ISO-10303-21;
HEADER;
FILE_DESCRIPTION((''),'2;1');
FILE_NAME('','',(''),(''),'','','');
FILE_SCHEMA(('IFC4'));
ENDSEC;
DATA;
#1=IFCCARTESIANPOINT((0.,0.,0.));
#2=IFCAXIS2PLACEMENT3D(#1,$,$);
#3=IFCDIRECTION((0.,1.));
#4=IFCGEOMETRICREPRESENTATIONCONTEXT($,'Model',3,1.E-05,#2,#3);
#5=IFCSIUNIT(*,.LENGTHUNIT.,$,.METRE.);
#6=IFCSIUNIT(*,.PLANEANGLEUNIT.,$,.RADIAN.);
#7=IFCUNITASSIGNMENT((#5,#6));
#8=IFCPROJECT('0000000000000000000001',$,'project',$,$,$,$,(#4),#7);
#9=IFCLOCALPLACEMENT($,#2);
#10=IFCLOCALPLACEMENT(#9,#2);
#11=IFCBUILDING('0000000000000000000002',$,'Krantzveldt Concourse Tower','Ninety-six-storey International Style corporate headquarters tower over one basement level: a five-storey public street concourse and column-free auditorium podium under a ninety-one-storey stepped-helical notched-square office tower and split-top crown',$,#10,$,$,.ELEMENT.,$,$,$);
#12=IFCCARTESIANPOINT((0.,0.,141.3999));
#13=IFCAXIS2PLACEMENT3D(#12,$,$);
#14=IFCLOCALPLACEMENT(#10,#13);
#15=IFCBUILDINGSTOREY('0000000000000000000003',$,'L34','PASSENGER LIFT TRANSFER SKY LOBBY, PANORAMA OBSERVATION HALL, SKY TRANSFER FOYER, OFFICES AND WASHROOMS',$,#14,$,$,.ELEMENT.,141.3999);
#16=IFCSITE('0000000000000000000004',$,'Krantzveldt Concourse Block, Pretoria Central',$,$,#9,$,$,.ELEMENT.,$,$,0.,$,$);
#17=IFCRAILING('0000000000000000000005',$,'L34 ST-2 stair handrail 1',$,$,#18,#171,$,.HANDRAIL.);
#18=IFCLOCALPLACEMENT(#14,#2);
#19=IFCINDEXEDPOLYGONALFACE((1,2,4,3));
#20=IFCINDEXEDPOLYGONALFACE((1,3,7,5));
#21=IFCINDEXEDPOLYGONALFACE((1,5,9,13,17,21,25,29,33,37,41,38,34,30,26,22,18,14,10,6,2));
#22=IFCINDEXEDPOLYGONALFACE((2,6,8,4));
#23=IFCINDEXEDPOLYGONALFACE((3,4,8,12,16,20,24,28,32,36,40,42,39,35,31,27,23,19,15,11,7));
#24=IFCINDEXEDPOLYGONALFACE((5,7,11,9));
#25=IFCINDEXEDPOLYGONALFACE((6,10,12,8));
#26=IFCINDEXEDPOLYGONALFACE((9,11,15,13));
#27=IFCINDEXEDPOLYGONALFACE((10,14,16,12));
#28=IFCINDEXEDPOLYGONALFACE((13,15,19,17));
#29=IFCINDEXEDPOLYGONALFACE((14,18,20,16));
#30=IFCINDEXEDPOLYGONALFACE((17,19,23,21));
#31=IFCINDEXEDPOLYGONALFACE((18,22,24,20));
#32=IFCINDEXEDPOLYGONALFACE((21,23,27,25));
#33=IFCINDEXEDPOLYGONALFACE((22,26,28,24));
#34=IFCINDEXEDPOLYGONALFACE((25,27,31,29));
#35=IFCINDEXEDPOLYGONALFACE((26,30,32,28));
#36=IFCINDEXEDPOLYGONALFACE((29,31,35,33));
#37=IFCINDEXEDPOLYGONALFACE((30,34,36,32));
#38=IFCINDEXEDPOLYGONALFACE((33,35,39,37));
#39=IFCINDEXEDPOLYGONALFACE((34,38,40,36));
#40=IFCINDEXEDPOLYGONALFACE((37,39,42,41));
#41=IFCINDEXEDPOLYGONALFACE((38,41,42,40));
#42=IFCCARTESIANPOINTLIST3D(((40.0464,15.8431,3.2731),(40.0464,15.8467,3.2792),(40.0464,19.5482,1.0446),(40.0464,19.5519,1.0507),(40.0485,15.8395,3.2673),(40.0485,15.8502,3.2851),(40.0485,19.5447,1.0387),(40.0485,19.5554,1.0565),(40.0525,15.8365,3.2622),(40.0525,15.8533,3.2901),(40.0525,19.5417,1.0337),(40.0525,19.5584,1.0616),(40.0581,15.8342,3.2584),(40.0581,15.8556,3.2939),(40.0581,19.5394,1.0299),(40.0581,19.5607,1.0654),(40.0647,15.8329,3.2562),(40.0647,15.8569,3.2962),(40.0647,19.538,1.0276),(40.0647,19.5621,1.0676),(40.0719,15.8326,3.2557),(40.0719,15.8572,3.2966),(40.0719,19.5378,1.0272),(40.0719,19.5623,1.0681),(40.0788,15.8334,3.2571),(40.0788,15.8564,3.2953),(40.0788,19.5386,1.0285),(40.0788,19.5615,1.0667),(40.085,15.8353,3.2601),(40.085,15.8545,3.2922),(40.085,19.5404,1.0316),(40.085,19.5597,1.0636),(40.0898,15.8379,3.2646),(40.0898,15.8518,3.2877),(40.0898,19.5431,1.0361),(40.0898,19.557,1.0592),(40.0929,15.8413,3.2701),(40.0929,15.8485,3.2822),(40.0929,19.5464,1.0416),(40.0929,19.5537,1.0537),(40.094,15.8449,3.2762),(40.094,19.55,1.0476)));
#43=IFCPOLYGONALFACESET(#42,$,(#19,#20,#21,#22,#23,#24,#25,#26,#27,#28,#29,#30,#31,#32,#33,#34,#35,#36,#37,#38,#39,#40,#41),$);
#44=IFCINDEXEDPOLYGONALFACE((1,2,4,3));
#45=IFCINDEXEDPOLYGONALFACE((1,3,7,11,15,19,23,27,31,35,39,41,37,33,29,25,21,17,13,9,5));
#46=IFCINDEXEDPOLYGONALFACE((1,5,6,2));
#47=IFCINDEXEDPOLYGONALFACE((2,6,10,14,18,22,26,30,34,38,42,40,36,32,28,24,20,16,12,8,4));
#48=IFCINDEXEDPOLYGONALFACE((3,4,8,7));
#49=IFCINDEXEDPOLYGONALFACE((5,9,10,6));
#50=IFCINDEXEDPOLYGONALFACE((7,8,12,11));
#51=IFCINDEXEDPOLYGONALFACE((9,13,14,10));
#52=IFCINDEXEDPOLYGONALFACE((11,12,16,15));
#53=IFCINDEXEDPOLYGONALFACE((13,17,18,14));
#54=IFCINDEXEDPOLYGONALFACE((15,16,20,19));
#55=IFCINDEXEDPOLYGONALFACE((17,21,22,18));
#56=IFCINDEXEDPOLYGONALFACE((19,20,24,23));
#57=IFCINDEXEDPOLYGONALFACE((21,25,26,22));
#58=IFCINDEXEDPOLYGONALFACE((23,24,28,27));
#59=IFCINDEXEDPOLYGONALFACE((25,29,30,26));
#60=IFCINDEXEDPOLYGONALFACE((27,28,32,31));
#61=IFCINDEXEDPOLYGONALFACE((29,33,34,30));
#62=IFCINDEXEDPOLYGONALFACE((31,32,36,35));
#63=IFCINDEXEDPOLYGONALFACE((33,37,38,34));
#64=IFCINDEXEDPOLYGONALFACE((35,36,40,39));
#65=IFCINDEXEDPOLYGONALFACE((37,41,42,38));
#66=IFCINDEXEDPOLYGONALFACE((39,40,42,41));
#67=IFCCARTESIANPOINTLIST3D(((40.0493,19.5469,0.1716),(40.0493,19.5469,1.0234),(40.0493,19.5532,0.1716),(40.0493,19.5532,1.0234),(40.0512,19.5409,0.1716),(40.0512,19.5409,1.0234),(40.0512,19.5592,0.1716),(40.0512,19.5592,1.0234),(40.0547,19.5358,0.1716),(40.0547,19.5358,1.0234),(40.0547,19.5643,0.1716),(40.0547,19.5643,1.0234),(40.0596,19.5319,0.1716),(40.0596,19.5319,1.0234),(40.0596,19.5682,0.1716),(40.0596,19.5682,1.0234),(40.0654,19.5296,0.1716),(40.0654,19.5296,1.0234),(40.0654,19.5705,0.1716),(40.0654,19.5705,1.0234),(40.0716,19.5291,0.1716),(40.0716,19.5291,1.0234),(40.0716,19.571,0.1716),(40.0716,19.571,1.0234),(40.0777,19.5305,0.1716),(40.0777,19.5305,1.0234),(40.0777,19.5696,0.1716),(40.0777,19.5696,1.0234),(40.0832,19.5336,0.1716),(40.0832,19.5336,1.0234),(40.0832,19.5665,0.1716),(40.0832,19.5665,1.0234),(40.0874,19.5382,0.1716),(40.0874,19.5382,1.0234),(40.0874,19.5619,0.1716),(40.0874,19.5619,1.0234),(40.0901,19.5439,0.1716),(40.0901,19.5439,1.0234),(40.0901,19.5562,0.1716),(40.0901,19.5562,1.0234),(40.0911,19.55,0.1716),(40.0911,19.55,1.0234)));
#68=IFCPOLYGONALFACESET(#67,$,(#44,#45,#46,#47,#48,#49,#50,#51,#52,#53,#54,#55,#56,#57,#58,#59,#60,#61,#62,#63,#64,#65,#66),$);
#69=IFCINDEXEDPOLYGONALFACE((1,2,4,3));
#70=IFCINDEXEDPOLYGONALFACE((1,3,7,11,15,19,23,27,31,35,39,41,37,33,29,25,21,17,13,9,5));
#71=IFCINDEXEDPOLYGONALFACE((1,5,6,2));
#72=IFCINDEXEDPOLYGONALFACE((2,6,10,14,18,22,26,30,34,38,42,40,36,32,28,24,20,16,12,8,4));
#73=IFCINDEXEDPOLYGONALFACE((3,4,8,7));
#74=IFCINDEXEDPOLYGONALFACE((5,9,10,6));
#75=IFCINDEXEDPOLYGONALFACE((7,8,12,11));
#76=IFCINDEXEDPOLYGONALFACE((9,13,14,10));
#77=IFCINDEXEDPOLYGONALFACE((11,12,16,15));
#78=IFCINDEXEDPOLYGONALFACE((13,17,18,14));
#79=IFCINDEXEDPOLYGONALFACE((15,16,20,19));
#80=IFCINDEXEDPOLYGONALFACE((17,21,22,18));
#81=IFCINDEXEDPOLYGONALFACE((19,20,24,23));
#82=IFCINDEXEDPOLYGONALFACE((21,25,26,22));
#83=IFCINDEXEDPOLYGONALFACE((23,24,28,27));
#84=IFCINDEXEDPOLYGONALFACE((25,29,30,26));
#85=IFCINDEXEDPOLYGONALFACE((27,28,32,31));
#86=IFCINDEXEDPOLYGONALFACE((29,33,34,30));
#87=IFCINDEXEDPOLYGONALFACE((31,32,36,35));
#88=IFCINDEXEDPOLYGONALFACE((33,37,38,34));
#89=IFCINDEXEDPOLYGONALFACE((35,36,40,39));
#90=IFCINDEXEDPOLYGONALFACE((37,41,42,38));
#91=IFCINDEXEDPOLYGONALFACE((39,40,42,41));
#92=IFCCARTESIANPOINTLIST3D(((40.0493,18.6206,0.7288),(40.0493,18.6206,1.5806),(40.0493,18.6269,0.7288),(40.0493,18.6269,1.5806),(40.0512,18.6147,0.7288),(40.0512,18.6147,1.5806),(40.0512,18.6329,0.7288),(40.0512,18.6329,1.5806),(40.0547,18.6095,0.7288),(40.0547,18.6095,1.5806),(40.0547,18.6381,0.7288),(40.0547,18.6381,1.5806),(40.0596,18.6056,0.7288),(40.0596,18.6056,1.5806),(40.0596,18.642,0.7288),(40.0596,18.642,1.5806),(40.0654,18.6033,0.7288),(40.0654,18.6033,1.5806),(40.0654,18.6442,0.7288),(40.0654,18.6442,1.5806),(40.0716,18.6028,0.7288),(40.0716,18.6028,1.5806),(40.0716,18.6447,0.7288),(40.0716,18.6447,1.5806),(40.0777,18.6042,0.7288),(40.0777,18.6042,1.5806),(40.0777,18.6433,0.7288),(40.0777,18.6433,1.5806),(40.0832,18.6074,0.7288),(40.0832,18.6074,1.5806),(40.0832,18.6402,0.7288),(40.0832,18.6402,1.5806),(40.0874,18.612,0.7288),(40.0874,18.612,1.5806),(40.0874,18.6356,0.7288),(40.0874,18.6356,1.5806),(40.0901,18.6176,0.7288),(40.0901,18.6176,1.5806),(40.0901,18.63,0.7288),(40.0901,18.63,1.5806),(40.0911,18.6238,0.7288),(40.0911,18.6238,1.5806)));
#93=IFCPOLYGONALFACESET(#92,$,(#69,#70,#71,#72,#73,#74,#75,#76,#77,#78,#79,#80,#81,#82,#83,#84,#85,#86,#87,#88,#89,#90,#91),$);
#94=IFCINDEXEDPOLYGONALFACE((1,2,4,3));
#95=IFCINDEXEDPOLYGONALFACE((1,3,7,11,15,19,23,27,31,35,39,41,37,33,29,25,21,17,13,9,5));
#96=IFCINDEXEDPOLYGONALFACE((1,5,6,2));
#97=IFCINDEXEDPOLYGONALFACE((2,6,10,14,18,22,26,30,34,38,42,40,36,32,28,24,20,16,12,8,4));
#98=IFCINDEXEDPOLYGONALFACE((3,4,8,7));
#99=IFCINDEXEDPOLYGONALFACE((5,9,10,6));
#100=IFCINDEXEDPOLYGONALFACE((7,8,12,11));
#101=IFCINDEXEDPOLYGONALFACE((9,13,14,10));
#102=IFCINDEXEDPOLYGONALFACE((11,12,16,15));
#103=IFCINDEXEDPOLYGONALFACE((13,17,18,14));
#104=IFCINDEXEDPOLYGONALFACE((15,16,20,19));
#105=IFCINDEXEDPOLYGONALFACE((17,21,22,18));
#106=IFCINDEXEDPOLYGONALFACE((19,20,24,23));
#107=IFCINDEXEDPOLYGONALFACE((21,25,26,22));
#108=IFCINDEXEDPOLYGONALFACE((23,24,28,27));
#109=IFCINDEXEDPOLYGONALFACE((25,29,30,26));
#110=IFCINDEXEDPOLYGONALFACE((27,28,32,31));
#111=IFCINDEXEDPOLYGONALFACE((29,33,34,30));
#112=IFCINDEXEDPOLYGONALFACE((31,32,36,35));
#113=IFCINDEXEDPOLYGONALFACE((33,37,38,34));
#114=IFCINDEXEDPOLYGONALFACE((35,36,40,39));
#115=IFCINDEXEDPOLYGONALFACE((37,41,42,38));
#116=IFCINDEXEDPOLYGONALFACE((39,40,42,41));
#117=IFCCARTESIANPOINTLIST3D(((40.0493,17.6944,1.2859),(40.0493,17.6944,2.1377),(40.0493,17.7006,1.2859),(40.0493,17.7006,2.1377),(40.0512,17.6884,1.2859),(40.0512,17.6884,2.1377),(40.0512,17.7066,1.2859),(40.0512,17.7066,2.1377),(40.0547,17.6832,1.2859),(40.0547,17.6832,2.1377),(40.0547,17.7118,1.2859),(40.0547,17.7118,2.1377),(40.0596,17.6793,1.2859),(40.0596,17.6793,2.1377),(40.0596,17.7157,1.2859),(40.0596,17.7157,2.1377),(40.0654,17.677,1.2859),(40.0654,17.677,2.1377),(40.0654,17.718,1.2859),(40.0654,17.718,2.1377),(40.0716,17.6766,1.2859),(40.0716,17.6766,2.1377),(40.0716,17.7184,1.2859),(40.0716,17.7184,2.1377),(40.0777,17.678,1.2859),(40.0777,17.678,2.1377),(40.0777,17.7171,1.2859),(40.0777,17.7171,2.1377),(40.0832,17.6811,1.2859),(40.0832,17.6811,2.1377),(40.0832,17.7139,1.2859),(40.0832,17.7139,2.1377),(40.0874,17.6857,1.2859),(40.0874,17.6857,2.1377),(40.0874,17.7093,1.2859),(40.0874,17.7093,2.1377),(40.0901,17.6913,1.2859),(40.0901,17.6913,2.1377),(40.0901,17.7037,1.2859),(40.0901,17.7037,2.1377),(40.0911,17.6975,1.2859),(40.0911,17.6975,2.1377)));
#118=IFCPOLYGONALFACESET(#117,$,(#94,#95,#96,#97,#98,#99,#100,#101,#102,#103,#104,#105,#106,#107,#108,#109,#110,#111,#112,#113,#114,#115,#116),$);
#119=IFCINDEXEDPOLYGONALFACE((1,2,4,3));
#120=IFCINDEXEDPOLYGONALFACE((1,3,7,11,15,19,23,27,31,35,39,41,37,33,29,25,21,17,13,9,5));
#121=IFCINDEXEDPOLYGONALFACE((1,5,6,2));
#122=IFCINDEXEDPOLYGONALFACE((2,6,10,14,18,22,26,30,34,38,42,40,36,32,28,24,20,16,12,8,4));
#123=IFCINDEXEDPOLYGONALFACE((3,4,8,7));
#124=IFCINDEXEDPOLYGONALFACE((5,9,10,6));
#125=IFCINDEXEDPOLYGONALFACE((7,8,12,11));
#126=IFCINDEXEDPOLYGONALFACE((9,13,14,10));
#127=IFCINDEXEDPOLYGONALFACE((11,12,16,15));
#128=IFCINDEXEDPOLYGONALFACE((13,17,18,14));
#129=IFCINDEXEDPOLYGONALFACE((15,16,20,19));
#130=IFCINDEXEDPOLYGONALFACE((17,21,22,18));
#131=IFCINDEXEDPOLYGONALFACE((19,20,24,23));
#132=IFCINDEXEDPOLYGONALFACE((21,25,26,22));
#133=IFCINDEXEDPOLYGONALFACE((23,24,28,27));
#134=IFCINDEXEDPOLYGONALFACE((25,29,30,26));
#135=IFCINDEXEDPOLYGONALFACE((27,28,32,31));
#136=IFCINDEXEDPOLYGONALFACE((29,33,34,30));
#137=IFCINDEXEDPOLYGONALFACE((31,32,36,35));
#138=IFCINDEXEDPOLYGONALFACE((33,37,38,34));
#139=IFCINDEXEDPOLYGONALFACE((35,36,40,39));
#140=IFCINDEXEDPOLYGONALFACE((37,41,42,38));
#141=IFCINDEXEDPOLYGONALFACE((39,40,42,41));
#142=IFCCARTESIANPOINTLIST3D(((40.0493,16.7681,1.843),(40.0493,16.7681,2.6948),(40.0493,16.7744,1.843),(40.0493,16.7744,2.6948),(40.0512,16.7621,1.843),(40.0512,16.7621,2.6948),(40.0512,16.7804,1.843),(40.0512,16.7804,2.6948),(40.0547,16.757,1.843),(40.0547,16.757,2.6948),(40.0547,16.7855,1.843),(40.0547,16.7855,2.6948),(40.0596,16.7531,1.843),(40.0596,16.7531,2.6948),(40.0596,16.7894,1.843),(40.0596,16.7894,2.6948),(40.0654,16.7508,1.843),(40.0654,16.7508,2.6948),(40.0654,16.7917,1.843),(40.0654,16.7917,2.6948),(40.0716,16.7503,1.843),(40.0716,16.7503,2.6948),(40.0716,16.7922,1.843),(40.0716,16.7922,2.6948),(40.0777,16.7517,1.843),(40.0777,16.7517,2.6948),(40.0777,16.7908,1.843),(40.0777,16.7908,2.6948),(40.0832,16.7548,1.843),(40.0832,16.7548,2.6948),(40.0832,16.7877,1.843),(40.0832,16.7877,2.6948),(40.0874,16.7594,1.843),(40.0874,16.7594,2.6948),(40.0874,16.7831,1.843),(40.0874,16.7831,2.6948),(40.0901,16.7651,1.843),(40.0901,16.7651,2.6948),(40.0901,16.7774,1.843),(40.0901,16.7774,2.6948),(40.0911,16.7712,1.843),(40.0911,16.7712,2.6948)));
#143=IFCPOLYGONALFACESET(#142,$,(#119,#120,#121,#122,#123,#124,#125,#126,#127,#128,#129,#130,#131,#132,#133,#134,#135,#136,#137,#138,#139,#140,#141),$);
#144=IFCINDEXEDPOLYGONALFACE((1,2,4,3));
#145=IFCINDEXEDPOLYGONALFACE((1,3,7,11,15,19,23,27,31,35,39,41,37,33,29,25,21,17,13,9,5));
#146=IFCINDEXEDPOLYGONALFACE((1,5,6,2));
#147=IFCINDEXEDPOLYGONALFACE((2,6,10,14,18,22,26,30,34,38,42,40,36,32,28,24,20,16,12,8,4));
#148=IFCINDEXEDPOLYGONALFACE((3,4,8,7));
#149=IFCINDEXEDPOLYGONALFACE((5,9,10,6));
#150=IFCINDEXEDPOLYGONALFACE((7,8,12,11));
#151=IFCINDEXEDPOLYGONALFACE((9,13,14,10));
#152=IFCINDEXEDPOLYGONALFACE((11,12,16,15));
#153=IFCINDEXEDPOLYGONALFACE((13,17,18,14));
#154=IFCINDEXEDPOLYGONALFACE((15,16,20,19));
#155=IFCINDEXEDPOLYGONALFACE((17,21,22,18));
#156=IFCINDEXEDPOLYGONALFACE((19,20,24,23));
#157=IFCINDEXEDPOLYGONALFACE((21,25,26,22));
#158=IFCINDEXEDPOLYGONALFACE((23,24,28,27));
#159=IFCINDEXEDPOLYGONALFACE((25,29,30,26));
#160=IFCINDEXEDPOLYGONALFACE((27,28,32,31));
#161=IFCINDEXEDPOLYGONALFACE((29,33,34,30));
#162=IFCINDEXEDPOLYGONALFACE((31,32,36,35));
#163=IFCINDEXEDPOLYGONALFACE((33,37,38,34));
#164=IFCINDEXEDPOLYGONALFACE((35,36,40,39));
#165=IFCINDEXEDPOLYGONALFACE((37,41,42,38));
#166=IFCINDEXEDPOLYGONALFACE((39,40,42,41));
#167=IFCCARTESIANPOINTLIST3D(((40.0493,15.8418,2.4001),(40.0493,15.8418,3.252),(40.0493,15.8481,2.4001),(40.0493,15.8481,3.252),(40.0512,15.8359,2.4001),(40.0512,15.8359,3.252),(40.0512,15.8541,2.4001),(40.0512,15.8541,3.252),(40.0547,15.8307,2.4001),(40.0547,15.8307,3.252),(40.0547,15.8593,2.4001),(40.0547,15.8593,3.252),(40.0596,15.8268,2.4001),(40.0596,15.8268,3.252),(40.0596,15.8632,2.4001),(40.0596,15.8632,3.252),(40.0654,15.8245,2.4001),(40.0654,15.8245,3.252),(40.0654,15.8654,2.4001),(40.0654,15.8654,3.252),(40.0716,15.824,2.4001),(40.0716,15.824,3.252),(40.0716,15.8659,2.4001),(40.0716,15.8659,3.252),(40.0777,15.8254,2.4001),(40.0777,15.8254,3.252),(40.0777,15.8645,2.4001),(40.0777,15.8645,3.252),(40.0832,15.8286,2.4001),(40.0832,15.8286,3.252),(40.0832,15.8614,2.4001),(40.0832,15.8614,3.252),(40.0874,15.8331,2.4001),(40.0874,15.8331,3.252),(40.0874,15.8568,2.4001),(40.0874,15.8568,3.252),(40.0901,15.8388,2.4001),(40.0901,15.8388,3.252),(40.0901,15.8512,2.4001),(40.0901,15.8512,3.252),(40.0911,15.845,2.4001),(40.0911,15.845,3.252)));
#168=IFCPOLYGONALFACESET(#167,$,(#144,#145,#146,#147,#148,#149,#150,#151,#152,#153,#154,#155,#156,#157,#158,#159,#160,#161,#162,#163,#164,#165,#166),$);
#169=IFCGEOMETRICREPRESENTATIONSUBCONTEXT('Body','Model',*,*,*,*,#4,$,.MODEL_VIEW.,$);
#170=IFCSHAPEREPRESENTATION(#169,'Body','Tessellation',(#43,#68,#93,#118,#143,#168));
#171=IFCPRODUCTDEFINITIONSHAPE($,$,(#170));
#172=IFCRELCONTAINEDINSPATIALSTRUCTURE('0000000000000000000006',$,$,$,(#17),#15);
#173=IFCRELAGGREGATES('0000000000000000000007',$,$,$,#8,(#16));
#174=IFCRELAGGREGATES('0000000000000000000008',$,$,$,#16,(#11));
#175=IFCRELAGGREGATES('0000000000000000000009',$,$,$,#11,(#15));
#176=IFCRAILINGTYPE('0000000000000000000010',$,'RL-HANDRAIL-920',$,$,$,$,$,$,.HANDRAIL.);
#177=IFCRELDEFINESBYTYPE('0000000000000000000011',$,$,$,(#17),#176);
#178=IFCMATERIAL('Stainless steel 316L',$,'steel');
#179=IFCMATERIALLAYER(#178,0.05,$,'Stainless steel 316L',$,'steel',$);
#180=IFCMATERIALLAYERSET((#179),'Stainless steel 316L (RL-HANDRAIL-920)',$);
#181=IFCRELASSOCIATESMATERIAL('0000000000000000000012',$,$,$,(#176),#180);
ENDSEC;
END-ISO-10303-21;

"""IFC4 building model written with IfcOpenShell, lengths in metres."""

from ifc_helpers import new_model, si_unit, direction, frame, origin, origin_2d, place, context, subcontext, project, spatial, circle, extrude, material, layer, layer_set, type_object, element, save


model = new_model("IFC4")

# Units and contexts
model_context = context("Model", 3, precision=1e-05, world=origin(), true_north=direction((0.0, 1.0)))
body_context = subcontext(model_context, "Body", "Model", "MODEL_VIEW")
ifc_project = project(units=[si_unit("LENGTHUNIT", "METRE"), si_unit("PLANEANGLEUNIT", "RADIAN")], contexts=[model_context])

# Site, building, storey
site_placement = place(None, origin())
site = spatial("IfcSite", under=ifc_project, at=site_placement, Name="Krantzveldt Concourse Block, Pretoria Central", CompositionType="ELEMENT", RefElevation=0.0)
building_placement = place(site_placement, origin())
building = spatial("IfcBuilding", under=site, at=building_placement, Name="Krantzveldt Concourse Tower", Description="Ninety-six-storey International Style corporate headquarters tower over one basement level: a five-storey public street concourse and column-free auditorium podium under a ninety-one-storey stepped-helical notched-square office tower and split-top crown", CompositionType="ELEMENT")
storey_placement = place(building_placement, frame((0.0, 0.0, 141.3999)))
storey = spatial("IfcBuildingStorey", under=building, at=storey_placement, Name="L34", Description="PASSENGER LIFT TRANSFER SKY LOBBY, PANORAMA OBSERVATION HALL, SKY TRANSFER FOYER, OFFICES AND WASHROOMS", CompositionType="ELEMENT", Elevation=141.3999)

# Shared definitions
ifc_material_1 = material(Name="Stainless steel 316L", Category="steel")

# Railing
ifc_layer_1 = layer(ifc_material_1, 0.05, Name="Stainless steel 316L", Category="steel")
ifc_layer_set_1 = layer_set([ifc_layer_1], Name="Stainless steel 316L (RL-HANDRAIL-920)")
railing_type_1 = type_object("IfcRailingType", Name="RL-HANDRAIL-920", PredefinedType="HANDRAIL", material=ifc_layer_set_1)
railing_1_placement = place(storey_placement, frame((40.0701, 19.55, 0.1716)))
element("IfcRailing", 1, at=railing_1_placement, inside=storey, type_object=railing_type_1, Name="L34 ST-2 stair handrail 1", PredefinedType="HANDRAIL", context=body_context, shape_type="SweptSolid", body=[
    extrude(circle(Radius=0.0239, at=origin_2d()), frame((0.0, 0.0, 0.876), z_axis=(0.0, -0.856934, 0.515425), x_axis=(1.0, 0.0, 0.0)), (0.0, 0.0, 1.0), 4.3237),
    extrude(circle(Radius=0.021, at=origin_2d()), origin(), (0.0, 0.0, 1.0), 0.8518),
    extrude(circle(Radius=0.021, at=origin_2d()), frame((0.0, -0.9263, 0.5571)), (0.0, 0.0, 1.0), 0.8518),
    extrude(circle(Radius=0.021, at=origin_2d()), frame((0.0, -1.8525, 1.1143)), (0.0, 0.0, 1.0), 0.8518),
    extrude(circle(Radius=0.021, at=origin_2d()), frame((0.0, -2.7788, 1.6714)), (0.0, 0.0, 1.0), 0.8518),
    extrude(circle(Radius=0.021, at=origin_2d()), frame((0.0, -3.7051, 2.2285)), (0.0, 0.0, 1.0), 0.8518),
])

save(model, "model.ifc")
